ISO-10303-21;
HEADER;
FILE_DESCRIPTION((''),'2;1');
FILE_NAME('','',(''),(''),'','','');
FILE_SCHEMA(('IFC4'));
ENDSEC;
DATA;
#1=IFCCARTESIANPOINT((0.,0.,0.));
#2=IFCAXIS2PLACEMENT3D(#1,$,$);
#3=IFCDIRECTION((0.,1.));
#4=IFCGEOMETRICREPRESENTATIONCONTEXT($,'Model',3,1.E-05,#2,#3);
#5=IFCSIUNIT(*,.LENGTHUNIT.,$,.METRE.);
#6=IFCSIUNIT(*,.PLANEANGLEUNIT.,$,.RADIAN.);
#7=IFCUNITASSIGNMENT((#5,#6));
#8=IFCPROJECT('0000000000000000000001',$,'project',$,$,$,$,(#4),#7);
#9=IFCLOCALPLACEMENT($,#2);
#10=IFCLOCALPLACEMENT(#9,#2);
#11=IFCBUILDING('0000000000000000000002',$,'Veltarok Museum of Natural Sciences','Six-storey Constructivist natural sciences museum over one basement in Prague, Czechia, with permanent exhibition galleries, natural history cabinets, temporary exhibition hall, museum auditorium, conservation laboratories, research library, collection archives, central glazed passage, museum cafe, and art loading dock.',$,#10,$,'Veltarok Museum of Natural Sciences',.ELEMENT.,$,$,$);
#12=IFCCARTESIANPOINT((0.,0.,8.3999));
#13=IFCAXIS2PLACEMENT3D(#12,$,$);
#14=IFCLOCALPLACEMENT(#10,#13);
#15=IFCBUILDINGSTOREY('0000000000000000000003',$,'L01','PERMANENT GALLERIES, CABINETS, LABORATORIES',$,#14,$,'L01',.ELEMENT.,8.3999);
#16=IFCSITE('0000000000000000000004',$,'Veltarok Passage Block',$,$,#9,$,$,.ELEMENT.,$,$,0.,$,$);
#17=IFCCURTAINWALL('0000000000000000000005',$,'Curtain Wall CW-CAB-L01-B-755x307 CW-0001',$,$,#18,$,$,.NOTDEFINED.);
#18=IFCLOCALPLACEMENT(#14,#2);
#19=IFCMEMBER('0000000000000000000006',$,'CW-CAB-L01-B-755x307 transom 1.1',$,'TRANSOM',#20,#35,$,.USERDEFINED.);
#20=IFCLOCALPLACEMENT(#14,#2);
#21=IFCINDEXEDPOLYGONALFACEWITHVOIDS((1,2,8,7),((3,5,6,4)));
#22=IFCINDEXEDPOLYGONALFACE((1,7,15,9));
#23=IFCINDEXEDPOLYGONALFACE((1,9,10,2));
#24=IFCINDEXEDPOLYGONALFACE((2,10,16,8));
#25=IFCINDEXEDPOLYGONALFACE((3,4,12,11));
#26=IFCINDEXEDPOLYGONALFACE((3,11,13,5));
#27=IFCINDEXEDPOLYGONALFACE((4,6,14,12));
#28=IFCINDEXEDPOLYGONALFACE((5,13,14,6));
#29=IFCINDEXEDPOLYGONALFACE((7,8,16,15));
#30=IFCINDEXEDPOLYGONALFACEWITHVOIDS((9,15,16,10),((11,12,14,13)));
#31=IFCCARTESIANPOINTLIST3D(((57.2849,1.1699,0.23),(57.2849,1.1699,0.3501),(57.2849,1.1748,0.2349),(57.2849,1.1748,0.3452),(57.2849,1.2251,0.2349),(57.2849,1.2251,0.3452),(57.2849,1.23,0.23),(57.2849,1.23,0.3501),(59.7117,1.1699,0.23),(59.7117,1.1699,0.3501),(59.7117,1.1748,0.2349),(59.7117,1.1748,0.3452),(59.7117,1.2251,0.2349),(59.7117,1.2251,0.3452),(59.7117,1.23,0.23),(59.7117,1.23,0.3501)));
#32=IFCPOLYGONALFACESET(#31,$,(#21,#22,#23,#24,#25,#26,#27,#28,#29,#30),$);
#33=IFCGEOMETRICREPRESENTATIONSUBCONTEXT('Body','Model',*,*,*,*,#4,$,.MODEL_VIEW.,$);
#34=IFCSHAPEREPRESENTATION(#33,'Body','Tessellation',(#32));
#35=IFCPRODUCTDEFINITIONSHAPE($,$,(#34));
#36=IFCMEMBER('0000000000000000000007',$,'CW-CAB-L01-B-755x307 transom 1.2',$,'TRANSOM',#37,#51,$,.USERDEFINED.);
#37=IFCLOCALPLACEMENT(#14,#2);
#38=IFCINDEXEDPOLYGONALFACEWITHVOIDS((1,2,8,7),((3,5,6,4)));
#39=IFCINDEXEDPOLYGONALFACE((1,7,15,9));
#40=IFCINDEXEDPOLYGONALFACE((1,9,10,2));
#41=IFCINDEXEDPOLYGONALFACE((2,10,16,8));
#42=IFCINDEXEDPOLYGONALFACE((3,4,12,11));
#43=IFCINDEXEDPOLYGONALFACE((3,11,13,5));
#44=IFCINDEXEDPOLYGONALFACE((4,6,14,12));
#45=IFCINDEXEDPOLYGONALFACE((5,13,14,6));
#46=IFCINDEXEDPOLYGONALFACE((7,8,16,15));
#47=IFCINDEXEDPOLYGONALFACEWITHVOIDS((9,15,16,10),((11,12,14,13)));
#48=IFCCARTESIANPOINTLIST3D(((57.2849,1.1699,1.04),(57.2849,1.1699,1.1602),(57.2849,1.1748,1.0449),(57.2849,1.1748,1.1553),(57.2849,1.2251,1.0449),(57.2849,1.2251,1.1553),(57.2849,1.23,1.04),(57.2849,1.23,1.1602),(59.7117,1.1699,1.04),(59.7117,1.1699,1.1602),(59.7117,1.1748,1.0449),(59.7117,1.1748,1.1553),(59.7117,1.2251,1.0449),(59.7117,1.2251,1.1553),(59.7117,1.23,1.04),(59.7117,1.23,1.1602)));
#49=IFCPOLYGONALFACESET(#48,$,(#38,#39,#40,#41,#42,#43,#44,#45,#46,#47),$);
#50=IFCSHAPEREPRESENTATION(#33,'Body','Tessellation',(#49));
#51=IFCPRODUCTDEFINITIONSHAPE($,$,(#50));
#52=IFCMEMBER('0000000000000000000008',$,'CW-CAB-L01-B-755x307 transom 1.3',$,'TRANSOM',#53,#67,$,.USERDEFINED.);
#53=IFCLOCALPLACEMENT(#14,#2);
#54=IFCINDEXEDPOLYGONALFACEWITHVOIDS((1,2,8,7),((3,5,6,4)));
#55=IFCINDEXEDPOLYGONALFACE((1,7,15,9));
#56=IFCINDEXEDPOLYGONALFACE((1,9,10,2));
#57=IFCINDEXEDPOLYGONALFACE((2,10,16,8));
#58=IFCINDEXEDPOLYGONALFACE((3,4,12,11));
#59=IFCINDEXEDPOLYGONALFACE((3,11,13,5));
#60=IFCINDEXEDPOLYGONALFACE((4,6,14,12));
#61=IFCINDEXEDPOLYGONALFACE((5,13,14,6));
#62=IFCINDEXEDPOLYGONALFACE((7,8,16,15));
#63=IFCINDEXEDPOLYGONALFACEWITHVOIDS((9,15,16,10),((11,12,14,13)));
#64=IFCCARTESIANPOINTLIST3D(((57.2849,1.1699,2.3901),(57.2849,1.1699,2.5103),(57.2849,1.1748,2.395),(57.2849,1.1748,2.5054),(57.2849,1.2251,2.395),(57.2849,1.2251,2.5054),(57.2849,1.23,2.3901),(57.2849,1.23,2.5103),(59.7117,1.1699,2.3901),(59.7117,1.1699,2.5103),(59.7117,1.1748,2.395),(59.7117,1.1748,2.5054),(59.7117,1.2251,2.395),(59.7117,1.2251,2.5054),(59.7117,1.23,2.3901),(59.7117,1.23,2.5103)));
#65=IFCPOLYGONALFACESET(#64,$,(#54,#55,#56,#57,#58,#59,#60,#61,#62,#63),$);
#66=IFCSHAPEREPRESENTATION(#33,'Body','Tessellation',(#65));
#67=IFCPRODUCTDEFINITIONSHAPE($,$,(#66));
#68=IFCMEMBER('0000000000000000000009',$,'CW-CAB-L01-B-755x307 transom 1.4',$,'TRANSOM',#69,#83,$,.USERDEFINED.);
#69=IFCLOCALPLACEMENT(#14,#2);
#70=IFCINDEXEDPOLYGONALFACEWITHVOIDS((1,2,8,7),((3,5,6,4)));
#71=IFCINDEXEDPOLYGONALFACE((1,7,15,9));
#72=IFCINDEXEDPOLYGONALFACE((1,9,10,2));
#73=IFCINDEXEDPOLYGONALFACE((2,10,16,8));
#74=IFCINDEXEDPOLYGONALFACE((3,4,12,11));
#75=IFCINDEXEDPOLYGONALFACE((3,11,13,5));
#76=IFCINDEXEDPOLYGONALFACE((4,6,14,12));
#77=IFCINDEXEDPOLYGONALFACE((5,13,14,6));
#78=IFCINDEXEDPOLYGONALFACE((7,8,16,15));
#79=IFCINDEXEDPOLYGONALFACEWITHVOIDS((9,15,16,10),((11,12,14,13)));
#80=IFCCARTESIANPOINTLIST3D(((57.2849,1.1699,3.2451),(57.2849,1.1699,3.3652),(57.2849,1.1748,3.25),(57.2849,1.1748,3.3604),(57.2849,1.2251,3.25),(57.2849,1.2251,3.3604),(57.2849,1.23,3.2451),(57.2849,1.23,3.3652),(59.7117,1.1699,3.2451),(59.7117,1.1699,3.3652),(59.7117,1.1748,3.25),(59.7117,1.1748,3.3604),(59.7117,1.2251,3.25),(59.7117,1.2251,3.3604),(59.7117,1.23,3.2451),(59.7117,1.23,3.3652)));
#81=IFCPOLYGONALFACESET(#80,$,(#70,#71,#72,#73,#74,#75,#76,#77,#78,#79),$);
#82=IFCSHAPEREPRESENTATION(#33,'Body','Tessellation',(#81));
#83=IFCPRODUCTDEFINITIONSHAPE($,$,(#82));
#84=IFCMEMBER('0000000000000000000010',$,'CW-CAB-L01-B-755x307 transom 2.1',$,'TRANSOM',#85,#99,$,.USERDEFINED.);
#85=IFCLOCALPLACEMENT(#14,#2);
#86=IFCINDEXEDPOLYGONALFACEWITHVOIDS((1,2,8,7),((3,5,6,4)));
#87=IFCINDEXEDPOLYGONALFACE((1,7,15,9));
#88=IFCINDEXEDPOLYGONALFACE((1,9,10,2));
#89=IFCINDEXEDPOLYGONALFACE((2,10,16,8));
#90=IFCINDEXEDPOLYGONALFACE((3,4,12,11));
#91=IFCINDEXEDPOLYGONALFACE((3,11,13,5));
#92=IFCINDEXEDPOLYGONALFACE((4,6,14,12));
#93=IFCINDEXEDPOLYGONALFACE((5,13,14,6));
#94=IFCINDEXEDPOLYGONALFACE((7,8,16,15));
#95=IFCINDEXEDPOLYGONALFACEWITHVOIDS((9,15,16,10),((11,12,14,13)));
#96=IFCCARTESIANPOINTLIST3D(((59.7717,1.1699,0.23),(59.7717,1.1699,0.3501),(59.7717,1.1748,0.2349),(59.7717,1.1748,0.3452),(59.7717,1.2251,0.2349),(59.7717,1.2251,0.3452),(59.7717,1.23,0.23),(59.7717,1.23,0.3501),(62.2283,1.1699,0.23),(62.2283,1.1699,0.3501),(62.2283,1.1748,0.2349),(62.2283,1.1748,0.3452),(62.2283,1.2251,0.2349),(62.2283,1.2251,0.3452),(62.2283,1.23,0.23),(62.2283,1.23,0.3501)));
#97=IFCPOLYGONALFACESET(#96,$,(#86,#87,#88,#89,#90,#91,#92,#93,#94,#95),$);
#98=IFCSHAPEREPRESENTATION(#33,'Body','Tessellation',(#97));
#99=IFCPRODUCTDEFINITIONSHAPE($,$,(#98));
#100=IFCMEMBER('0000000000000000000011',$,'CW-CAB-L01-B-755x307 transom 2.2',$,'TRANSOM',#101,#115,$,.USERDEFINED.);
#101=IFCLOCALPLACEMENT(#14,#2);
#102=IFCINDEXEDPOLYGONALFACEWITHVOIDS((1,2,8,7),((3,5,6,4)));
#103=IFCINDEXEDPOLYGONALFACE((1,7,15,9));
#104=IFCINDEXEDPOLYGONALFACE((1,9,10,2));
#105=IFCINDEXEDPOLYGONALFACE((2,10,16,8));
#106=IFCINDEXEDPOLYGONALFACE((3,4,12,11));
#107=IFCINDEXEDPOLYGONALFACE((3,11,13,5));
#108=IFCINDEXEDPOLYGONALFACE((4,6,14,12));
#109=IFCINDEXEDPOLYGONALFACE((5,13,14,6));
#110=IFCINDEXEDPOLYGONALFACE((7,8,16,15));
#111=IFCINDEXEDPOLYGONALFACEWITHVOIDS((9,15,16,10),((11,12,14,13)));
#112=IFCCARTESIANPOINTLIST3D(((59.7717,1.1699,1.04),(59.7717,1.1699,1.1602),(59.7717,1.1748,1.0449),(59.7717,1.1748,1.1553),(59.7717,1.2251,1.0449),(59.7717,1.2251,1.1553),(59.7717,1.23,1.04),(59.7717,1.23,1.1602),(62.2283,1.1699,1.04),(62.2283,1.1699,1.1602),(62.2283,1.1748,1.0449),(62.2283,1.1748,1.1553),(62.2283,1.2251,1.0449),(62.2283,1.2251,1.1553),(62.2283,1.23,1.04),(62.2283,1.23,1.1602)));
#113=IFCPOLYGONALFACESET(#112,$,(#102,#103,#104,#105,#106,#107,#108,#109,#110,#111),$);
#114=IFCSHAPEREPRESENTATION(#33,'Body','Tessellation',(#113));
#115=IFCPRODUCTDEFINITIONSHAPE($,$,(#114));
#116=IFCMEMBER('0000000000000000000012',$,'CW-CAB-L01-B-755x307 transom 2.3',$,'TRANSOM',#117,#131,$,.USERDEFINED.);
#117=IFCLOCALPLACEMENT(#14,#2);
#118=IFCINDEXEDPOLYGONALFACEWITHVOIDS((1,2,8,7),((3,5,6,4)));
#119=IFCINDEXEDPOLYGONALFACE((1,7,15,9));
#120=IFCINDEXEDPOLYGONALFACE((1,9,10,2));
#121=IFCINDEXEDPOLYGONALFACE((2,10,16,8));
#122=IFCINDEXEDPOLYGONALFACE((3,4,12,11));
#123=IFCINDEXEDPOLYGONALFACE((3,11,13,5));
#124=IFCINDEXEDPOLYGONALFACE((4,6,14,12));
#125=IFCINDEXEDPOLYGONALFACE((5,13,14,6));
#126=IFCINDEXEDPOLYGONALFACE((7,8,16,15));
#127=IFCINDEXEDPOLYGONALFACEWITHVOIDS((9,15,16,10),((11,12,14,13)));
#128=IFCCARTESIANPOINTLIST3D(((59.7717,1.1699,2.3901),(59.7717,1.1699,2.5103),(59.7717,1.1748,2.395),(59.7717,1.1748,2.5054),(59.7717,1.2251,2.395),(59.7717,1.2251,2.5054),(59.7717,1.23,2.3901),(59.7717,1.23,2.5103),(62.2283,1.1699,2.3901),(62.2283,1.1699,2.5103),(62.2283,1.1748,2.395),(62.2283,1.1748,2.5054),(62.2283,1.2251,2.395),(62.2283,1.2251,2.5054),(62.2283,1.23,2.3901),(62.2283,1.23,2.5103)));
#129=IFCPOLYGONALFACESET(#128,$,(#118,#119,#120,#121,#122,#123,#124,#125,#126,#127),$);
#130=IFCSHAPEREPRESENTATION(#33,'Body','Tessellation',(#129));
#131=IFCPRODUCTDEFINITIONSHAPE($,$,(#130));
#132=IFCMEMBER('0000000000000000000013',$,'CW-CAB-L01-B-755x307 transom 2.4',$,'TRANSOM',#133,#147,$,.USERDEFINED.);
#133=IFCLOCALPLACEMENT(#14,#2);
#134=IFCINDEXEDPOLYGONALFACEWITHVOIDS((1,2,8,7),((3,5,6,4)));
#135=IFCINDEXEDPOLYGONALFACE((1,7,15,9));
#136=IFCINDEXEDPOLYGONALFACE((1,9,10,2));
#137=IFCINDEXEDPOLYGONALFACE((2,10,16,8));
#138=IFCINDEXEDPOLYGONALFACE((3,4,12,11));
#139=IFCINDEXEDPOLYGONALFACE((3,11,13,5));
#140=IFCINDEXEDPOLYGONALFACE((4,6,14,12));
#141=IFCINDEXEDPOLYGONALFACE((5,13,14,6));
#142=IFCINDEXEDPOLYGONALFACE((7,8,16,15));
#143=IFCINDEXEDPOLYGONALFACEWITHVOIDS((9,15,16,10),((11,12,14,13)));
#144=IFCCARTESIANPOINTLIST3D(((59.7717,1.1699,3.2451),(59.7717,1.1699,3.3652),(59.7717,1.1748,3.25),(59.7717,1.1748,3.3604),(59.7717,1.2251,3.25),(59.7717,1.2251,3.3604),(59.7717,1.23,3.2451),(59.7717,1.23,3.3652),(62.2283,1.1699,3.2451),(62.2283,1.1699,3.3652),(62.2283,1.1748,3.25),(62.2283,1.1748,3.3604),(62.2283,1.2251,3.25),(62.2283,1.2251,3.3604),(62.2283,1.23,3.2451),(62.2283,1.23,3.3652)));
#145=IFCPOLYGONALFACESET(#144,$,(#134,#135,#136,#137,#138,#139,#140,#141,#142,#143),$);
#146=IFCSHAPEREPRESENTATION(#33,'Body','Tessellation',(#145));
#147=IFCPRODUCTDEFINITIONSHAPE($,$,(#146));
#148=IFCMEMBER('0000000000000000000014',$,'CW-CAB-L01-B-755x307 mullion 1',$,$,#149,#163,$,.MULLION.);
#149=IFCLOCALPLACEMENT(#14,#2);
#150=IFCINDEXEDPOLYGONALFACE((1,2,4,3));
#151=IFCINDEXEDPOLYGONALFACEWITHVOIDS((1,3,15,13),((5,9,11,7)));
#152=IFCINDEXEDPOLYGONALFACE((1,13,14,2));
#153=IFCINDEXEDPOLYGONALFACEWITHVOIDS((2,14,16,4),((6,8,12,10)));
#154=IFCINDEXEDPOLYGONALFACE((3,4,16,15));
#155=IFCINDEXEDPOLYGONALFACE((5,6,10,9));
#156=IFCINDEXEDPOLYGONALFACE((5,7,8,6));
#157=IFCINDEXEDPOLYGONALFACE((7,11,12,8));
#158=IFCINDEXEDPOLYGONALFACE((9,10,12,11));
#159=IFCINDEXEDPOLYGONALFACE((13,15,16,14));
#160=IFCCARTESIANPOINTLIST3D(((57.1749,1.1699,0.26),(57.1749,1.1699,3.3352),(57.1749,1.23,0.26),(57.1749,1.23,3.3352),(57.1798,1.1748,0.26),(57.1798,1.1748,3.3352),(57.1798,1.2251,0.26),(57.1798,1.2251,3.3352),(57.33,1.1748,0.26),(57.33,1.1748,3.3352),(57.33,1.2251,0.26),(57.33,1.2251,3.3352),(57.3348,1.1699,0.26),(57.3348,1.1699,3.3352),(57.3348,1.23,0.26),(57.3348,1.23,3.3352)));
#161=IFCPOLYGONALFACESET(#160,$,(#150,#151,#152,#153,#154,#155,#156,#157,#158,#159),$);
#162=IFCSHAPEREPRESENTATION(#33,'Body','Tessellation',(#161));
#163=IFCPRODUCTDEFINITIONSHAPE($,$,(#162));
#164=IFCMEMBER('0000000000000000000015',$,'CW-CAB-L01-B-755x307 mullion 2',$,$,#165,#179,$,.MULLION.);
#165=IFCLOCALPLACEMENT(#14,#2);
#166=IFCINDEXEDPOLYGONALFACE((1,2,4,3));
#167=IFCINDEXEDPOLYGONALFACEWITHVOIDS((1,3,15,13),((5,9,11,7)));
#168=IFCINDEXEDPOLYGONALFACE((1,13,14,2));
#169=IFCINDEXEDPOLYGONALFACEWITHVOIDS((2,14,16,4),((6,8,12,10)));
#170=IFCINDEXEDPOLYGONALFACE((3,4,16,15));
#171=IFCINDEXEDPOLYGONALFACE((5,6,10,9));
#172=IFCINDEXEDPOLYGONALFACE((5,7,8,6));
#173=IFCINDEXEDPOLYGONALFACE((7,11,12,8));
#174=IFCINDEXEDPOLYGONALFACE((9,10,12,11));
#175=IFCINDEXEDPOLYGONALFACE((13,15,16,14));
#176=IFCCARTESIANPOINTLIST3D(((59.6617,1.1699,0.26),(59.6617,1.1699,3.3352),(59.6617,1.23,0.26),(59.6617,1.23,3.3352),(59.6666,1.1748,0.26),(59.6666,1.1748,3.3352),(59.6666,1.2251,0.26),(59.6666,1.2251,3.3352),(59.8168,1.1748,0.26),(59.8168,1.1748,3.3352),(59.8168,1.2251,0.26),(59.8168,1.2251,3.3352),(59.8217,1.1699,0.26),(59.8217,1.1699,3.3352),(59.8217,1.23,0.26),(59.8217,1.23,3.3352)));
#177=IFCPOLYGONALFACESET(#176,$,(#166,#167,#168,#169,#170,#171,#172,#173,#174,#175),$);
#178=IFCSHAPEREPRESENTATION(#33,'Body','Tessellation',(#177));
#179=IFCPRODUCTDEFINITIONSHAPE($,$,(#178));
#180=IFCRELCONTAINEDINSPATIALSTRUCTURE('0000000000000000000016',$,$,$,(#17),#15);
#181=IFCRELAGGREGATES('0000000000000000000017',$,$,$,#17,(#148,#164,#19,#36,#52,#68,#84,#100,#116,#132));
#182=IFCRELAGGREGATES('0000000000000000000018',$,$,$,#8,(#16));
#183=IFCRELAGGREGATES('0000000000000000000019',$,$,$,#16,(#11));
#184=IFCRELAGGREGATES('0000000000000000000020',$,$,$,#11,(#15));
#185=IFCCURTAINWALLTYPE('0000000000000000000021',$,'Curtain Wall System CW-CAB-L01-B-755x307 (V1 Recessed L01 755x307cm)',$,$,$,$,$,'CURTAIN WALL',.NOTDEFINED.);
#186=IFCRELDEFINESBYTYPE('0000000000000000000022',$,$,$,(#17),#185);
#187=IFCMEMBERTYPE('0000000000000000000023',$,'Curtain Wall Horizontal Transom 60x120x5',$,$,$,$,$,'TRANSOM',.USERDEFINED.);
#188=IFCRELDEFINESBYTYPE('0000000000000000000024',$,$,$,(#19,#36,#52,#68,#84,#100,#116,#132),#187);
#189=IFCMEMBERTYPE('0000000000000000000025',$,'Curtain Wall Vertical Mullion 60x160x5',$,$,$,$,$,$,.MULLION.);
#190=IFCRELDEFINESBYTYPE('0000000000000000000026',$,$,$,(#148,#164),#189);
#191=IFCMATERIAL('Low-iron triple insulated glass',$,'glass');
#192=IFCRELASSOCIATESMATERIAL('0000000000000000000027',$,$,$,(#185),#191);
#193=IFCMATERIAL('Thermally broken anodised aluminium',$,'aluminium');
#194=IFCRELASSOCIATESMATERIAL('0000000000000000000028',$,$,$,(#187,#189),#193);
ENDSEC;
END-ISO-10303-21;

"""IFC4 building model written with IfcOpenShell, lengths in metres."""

from ifc_helpers import new_model, si_unit, direction, frame, origin, origin_2d, place, context, subcontext, project, spatial, hollow_rectangle, extrude, material, material_profile, profile_set, type_object, element, aggregate, save


model = new_model("IFC4")

# Units and contexts
model_context = context("Model", 3, precision=1e-05, world=origin(), true_north=direction((0.0, 1.0)))
body_context = subcontext(model_context, "Body", "Model", "MODEL_VIEW")
ifc_project = project(units=[si_unit("LENGTHUNIT", "METRE"), si_unit("PLANEANGLEUNIT", "RADIAN")], contexts=[model_context])

# Site, building, storey
site_placement = place(None, origin())
site = spatial("IfcSite", under=ifc_project, at=site_placement, Name="Veltarok Passage Block", CompositionType="ELEMENT", RefElevation=0.0)
building_placement = place(site_placement, origin())
building = spatial("IfcBuilding", under=site, at=building_placement, Name="Veltarok Museum of Natural Sciences", Description="Six-storey Constructivist natural sciences museum over one basement in Prague, Czechia, with permanent exhibition galleries, natural history cabinets, temporary exhibition hall, museum auditorium, conservation laboratories, research library, collection archives, central glazed passage, museum cafe, and art loading dock.", LongName="Veltarok Museum of Natural Sciences", CompositionType="ELEMENT")
storey_placement = place(building_placement, frame((0.0, 0.0, 8.3999)))
storey = spatial("IfcBuildingStorey", under=building, at=storey_placement, Name="L01", Description="PERMANENT GALLERIES, CABINETS, LABORATORIES", LongName="L01", CompositionType="ELEMENT", Elevation=8.3999)

# Curtain wall, members
ifc_material_1 = material(Name="Low-iron triple insulated glass", Category="glass")
curtain_wall_type = type_object("IfcCurtainWallType", Name="Curtain Wall System CW-CAB-L01-B-755x307 (V1 Recessed L01 755x307cm)", ElementType="CURTAIN WALL", PredefinedType="NOTDEFINED", material=ifc_material_1)
curtain_wall_placement = place(storey_placement, origin())
curtain_wall = element("IfcCurtainWall", 1, at=curtain_wall_placement, inside=storey, type_object=curtain_wall_type, Name="Curtain Wall CW-CAB-L01-B-755x307 CW-0001", PredefinedType="NOTDEFINED")
ifc_material_2 = material(Name="Thermally broken anodised aluminium", Category="aluminium")
ifc_material_profile_1 = material_profile(ifc_material_2, hollow_rectangle(XDim=0.0601, YDim=0.1201, WallThickness=0.0049, at=origin_2d()), Name="CW TRANSOM 60x120x5")
ifc_profile_set_1 = profile_set([ifc_material_profile_1], Name="Thermally broken anodised aluminium")
member_type_1 = type_object("IfcMemberType", Name="Curtain Wall Horizontal Transom 60x120x5", ElementType="TRANSOM", PredefinedType="USERDEFINED", material=ifc_profile_set_1)
member_1_placement = place(storey_placement, frame((57.2849, 1.2, 0.29), z_axis=(1.0, 0.0, 0.0), x_axis=(0.0, 1.0, 0.0)))
member_1 = element("IfcMember", 2, at=member_1_placement, type_object=member_type_1, Name="CW-CAB-L01-B-755x307 transom 1.1", ObjectType="TRANSOM", PredefinedType="USERDEFINED", context=body_context, shape_type="SweptSolid", body=[
    extrude(hollow_rectangle(XDim=0.0601, YDim=0.1201, WallThickness=0.0049, at=origin_2d()), origin(), (0.0, 0.0, 1.0), 2.4268),
])
member_2_placement = place(storey_placement, frame((57.2849, 1.2, 1.1001), z_axis=(1.0, 0.0, 0.0), x_axis=(0.0, 1.0, 0.0)))
member_2 = element("IfcMember", 3, at=member_2_placement, type_object=member_type_1, Name="CW-CAB-L01-B-755x307 transom 1.2", ObjectType="TRANSOM", PredefinedType="USERDEFINED", context=body_context, shape_type="SweptSolid", body=[
    extrude(hollow_rectangle(XDim=0.0601, YDim=0.1201, WallThickness=0.0049, at=origin_2d()), origin(), (0.0, 0.0, 1.0), 2.4268),
])
member_3_placement = place(storey_placement, frame((57.2849, 1.2, 2.4502), z_axis=(1.0, 0.0, 0.0), x_axis=(0.0, 1.0, 0.0)))
member_3 = element("IfcMember", 4, at=member_3_placement, type_object=member_type_1, Name="CW-CAB-L01-B-755x307 transom 1.3", ObjectType="TRANSOM", PredefinedType="USERDEFINED", context=body_context, shape_type="SweptSolid", body=[
    extrude(hollow_rectangle(XDim=0.0601, YDim=0.1201, WallThickness=0.0049, at=origin_2d()), origin(), (0.0, 0.0, 1.0), 2.4268),
])
member_4_placement = place(storey_placement, frame((57.2849, 1.2, 3.3052), z_axis=(1.0, 0.0, 0.0), x_axis=(0.0, 1.0, 0.0)))
member_4 = element("IfcMember", 5, at=member_4_placement, type_object=member_type_1, Name="CW-CAB-L01-B-755x307 transom 1.4", ObjectType="TRANSOM", PredefinedType="USERDEFINED", context=body_context, shape_type="SweptSolid", body=[
    extrude(hollow_rectangle(XDim=0.0601, YDim=0.1201, WallThickness=0.0049, at=origin_2d()), origin(), (0.0, 0.0, 1.0), 2.4268),
])
member_5_placement = place(storey_placement, frame((59.7717, 1.2, 0.29), z_axis=(1.0, 0.0, 0.0), x_axis=(0.0, 1.0, 0.0)))
member_5 = element("IfcMember", 6, at=member_5_placement, type_object=member_type_1, Name="CW-CAB-L01-B-755x307 transom 2.1", ObjectType="TRANSOM", PredefinedType="USERDEFINED", context=body_context, shape_type="SweptSolid", body=[
    extrude(hollow_rectangle(XDim=0.0601, YDim=0.1201, WallThickness=0.0049, at=origin_2d()), origin(), (0.0, 0.0, 1.0), 2.4565),
])
member_6_placement = place(storey_placement, frame((59.7717, 1.2, 1.1001), z_axis=(1.0, 0.0, 0.0), x_axis=(0.0, 1.0, 0.0)))
member_6 = element("IfcMember", 7, at=member_6_placement, type_object=member_type_1, Name="CW-CAB-L01-B-755x307 transom 2.2", ObjectType="TRANSOM", PredefinedType="USERDEFINED", context=body_context, shape_type="SweptSolid", body=[
    extrude(hollow_rectangle(XDim=0.0601, YDim=0.1201, WallThickness=0.0049, at=origin_2d()), origin(), (0.0, 0.0, 1.0), 2.4565),
])
member_7_placement = place(storey_placement, frame((59.7717, 1.2, 2.4502), z_axis=(1.0, 0.0, 0.0), x_axis=(0.0, 1.0, 0.0)))
member_7 = element("IfcMember", 8, at=member_7_placement, type_object=member_type_1, Name="CW-CAB-L01-B-755x307 transom 2.3", ObjectType="TRANSOM", PredefinedType="USERDEFINED", context=body_context, shape_type="SweptSolid", body=[
    extrude(hollow_rectangle(XDim=0.0601, YDim=0.1201, WallThickness=0.0049, at=origin_2d()), origin(), (0.0, 0.0, 1.0), 2.4565),
])
member_8_placement = place(storey_placement, frame((59.7717, 1.2, 3.3052), z_axis=(1.0, 0.0, 0.0), x_axis=(0.0, 1.0, 0.0)))
member_8 = element("IfcMember", 9, at=member_8_placement, type_object=member_type_1, Name="CW-CAB-L01-B-755x307 transom 2.4", ObjectType="TRANSOM", PredefinedType="USERDEFINED", context=body_context, shape_type="SweptSolid", body=[
    extrude(hollow_rectangle(XDim=0.0601, YDim=0.1201, WallThickness=0.0049, at=origin_2d()), origin(), (0.0, 0.0, 1.0), 2.4565),
])
ifc_material_profile_2 = material_profile(ifc_material_2, hollow_rectangle(XDim=0.0601, YDim=0.1599, WallThickness=0.0049, at=origin_2d()), Name="CW MULLION 60x160x5")
ifc_profile_set_2 = profile_set([ifc_material_profile_2], Name="Thermally broken anodised aluminium")
member_type_2 = type_object("IfcMemberType", Name="Curtain Wall Vertical Mullion 60x160x5", PredefinedType="MULLION", material=ifc_profile_set_2)
member_9_placement = place(storey_placement, frame((57.2549, 1.2, 0.26), z_axis=(0.0, 0.0, 1.0), x_axis=(0.0, 1.0, 0.0)))
member_9 = element("IfcMember", 10, at=member_9_placement, type_object=member_type_2, Name="CW-CAB-L01-B-755x307 mullion 1", PredefinedType="MULLION", context=body_context, shape_type="SweptSolid", body=[
    extrude(hollow_rectangle(XDim=0.0601, YDim=0.1599, WallThickness=0.0049, at=origin_2d()), origin(), (0.0, 0.0, 1.0), 3.0752),
])
member_10_placement = place(storey_placement, frame((59.7417, 1.2, 0.26), z_axis=(0.0, 0.0, 1.0), x_axis=(0.0, 1.0, 0.0)))
member_10 = element("IfcMember", 11, at=member_10_placement, type_object=member_type_2, Name="CW-CAB-L01-B-755x307 mullion 2", PredefinedType="MULLION", context=body_context, shape_type="SweptSolid", body=[
    extrude(hollow_rectangle(XDim=0.0601, YDim=0.1599, WallThickness=0.0049, at=origin_2d()), origin(), (0.0, 0.0, 1.0), 3.0752),
])

aggregate(curtain_wall, [member_9, member_10, member_1, member_2, member_3, member_4, member_5, member_6, member_7, member_8])

save(model, "model.ifc")
